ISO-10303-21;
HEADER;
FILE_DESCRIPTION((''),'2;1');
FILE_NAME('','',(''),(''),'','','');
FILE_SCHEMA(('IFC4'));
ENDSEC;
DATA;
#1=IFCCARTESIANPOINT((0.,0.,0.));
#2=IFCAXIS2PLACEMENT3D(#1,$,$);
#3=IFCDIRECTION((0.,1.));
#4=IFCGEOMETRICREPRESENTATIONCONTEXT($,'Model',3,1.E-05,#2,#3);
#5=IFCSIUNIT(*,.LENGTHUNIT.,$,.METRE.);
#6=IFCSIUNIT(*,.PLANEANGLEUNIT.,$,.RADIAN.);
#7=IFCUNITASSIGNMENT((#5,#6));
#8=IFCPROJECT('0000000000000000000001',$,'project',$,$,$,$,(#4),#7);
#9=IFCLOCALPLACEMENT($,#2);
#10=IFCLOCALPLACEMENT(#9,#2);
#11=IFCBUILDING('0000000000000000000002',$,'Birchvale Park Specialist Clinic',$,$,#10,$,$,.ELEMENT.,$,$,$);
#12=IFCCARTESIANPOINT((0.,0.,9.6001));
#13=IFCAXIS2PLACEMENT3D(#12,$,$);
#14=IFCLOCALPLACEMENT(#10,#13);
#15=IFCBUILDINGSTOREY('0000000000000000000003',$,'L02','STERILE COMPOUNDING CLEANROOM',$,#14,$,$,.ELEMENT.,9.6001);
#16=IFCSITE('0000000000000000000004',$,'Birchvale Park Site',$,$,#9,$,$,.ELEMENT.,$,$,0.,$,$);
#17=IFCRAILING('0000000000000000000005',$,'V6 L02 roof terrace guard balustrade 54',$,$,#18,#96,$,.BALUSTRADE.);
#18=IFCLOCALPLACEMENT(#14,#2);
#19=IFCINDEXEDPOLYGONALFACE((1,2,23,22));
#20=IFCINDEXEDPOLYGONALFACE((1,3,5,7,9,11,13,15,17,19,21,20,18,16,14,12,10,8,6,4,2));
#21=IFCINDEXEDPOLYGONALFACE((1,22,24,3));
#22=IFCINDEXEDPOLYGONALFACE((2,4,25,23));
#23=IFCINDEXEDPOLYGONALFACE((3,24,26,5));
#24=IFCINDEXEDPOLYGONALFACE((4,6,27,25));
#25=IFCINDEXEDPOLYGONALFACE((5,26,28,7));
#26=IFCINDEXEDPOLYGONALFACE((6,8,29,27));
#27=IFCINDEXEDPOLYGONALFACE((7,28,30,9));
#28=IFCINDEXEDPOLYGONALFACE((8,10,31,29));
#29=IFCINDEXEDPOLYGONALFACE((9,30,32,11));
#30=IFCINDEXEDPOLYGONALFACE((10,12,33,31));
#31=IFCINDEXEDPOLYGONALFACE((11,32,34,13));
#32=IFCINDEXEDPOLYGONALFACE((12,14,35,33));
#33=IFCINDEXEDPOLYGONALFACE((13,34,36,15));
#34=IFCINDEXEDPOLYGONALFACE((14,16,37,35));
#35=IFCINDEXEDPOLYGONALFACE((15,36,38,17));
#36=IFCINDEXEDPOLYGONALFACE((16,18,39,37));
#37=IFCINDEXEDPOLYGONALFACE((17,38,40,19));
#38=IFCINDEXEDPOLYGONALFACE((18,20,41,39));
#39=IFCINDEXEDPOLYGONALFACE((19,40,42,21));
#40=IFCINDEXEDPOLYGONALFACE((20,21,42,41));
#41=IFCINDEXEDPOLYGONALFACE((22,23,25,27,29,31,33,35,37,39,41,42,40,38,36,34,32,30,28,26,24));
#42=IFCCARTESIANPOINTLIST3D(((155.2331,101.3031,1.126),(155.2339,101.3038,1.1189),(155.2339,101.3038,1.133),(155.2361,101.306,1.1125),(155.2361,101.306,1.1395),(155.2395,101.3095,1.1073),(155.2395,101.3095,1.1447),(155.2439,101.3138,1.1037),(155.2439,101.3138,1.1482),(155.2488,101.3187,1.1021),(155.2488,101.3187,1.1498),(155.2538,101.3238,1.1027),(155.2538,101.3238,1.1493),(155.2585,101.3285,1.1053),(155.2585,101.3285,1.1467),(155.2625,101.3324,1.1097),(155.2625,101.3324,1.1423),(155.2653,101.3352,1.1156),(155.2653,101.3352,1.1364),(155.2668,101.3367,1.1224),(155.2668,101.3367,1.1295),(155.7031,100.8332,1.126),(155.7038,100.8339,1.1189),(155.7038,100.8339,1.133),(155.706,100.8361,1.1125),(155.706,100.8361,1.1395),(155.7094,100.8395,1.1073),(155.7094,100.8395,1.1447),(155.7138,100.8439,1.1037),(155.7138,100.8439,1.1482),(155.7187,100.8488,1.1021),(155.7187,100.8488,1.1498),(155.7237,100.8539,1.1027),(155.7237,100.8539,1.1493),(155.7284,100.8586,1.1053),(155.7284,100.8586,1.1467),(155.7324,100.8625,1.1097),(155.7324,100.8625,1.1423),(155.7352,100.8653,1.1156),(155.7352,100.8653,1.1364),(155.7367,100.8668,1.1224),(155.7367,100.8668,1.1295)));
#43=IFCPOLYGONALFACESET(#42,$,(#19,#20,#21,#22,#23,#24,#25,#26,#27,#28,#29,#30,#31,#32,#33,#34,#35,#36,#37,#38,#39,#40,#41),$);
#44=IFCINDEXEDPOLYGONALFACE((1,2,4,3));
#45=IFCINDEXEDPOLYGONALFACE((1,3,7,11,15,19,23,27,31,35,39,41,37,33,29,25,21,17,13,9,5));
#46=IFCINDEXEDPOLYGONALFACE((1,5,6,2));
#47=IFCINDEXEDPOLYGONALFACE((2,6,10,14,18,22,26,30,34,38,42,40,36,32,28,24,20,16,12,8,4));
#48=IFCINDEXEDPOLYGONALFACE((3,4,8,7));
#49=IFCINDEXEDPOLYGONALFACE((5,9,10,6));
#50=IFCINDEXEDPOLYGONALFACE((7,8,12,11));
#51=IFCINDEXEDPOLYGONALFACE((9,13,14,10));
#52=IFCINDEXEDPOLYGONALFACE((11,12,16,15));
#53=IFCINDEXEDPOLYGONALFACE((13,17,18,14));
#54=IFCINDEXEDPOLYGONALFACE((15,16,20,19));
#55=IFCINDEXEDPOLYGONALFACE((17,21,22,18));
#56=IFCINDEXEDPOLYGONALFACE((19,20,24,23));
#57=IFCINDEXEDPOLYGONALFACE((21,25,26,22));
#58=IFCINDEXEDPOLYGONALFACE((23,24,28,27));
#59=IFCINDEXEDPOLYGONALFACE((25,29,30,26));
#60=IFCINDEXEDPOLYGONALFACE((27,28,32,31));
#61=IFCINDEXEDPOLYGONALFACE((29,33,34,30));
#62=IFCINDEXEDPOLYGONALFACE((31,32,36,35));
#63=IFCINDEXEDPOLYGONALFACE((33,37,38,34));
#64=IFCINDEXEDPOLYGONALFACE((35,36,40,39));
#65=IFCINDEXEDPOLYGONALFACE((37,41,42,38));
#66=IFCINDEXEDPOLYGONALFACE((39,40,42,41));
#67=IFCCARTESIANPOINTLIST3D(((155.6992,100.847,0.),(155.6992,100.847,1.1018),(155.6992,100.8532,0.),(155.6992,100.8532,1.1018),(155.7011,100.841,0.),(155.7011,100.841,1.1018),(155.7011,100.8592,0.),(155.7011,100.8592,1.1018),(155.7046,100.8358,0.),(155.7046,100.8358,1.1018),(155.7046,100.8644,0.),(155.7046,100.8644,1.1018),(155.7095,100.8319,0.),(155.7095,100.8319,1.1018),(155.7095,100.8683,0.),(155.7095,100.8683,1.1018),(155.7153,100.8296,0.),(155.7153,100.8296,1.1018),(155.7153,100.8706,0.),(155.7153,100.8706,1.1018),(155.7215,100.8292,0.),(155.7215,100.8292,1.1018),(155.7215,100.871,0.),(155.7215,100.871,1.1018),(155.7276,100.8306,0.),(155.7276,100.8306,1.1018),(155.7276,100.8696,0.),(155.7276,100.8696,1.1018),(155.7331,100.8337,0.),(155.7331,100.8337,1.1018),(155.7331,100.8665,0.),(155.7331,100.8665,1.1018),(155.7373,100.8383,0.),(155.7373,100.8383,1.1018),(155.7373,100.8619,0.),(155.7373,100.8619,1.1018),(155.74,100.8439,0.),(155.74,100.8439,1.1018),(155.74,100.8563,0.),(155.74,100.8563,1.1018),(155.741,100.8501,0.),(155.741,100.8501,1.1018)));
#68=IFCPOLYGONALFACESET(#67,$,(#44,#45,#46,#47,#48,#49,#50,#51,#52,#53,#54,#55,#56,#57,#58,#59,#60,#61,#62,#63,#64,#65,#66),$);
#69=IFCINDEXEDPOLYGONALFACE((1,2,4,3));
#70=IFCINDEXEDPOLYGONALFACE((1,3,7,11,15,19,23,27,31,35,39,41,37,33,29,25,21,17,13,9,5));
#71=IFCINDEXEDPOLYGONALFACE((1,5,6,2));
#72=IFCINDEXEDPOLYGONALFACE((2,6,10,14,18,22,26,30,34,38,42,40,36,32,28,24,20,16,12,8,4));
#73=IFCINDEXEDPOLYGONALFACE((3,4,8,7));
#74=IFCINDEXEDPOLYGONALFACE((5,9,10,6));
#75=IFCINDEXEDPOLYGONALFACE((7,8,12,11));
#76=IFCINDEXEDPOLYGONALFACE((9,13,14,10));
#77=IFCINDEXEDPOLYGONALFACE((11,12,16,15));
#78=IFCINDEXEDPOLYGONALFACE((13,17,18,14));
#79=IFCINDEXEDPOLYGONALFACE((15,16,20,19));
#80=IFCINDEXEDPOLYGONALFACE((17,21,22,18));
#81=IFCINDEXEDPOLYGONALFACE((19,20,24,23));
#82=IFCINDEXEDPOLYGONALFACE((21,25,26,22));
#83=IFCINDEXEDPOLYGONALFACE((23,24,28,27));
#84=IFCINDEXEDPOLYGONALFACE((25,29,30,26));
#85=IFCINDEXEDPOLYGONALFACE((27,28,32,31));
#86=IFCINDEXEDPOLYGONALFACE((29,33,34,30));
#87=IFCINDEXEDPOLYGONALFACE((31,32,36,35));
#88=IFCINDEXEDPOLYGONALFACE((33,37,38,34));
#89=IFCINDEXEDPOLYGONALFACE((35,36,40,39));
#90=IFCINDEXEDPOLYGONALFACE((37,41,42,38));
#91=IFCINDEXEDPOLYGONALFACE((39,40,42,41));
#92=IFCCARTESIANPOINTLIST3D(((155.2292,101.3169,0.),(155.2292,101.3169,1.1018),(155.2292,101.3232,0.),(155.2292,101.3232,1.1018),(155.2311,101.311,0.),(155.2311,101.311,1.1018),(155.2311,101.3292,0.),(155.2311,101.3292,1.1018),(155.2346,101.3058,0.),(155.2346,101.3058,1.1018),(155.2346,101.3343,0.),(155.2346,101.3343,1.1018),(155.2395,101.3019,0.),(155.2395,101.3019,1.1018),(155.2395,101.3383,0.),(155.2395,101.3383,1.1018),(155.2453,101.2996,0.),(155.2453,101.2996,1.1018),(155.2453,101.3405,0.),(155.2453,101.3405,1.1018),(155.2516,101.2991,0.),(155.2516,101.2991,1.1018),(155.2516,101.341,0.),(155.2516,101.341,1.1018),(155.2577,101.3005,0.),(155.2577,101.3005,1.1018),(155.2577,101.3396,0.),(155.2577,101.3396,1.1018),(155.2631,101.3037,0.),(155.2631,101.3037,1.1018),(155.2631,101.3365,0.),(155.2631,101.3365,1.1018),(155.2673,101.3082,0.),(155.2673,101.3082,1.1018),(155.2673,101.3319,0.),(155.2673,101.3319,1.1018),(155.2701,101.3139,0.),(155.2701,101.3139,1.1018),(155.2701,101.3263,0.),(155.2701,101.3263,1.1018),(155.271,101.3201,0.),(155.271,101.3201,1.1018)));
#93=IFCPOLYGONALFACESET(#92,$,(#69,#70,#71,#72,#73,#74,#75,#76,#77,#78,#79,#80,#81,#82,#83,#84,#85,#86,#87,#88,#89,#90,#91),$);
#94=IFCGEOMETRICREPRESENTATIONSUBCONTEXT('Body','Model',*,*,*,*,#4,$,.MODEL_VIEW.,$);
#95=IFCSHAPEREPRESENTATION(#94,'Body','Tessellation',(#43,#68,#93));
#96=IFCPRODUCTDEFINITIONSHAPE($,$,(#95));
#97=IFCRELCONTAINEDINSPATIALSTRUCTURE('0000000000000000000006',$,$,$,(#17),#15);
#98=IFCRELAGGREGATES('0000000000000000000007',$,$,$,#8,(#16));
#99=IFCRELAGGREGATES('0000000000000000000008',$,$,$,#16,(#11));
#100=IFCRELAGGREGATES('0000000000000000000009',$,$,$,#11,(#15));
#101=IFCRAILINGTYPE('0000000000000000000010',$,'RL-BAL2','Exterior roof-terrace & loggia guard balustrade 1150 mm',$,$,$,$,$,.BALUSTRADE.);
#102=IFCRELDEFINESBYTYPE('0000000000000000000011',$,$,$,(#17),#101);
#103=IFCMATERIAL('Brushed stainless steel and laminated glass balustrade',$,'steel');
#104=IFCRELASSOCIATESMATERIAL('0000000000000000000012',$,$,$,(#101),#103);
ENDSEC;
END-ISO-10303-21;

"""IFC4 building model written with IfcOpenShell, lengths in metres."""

from ifc_helpers import new_model, si_unit, direction, frame, origin, origin_2d, place, context, subcontext, project, spatial, circle, extrude, material, type_object, element, save


model = new_model("IFC4")

# Units and contexts
model_context = context("Model", 3, precision=1e-05, world=origin(), true_north=direction((0.0, 1.0)))
body_context = subcontext(model_context, "Body", "Model", "MODEL_VIEW")
ifc_project = project(units=[si_unit("LENGTHUNIT", "METRE"), si_unit("PLANEANGLEUNIT", "RADIAN")], contexts=[model_context])

# Site, building, storey
site_placement = place(None, origin())
site = spatial("IfcSite", under=ifc_project, at=site_placement, Name="Birchvale Park Site", CompositionType="ELEMENT", RefElevation=0.0)
building_placement = place(site_placement, origin())
building = spatial("IfcBuilding", under=site, at=building_placement, Name="Birchvale Park Specialist Clinic", CompositionType="ELEMENT")
storey_placement = place(building_placement, frame((0.0, 0.0, 9.6001)))
storey = spatial("IfcBuildingStorey", under=building, at=storey_placement, Name="L02", Description="STERILE COMPOUNDING CLEANROOM", CompositionType="ELEMENT", Elevation=9.6001)

# Railing
ifc_material_1 = material(Name="Brushed stainless steel and laminated glass balustrade", Category="steel")
railing_type = type_object("IfcRailingType", Name="RL-BAL2", Description="Exterior roof-terrace & loggia guard balustrade 1150 mm", PredefinedType="BALUSTRADE", material=ifc_material_1)
railing_1_placement = place(storey_placement, frame((155.72, 100.8501, 0.0)))
element("IfcRailing", 1, at=railing_1_placement, inside=storey, type_object=railing_type, Name="V6 L02 roof terrace guard balustrade 54", PredefinedType="BALUSTRADE", context=body_context, shape_type="SweptSolid", body=[
    extrude(circle(Radius=0.0239, at=origin_2d()), frame((0.0, 0.0, 1.126), z_axis=(-0.707107, 0.707107, 0.0), x_axis=(-0.707107, -0.707107, 0.0)), (0.0, 0.0, 1.0), 0.6646),
    extrude(circle(Radius=0.021, at=origin_2d()), origin(), (0.0, 0.0, 1.0), 1.1018),
    extrude(circle(Radius=0.021, at=origin_2d()), frame((-0.47, 0.47, 0.0)), (0.0, 0.0, 1.0), 1.1018),
])

save(model, "model.ifc")
